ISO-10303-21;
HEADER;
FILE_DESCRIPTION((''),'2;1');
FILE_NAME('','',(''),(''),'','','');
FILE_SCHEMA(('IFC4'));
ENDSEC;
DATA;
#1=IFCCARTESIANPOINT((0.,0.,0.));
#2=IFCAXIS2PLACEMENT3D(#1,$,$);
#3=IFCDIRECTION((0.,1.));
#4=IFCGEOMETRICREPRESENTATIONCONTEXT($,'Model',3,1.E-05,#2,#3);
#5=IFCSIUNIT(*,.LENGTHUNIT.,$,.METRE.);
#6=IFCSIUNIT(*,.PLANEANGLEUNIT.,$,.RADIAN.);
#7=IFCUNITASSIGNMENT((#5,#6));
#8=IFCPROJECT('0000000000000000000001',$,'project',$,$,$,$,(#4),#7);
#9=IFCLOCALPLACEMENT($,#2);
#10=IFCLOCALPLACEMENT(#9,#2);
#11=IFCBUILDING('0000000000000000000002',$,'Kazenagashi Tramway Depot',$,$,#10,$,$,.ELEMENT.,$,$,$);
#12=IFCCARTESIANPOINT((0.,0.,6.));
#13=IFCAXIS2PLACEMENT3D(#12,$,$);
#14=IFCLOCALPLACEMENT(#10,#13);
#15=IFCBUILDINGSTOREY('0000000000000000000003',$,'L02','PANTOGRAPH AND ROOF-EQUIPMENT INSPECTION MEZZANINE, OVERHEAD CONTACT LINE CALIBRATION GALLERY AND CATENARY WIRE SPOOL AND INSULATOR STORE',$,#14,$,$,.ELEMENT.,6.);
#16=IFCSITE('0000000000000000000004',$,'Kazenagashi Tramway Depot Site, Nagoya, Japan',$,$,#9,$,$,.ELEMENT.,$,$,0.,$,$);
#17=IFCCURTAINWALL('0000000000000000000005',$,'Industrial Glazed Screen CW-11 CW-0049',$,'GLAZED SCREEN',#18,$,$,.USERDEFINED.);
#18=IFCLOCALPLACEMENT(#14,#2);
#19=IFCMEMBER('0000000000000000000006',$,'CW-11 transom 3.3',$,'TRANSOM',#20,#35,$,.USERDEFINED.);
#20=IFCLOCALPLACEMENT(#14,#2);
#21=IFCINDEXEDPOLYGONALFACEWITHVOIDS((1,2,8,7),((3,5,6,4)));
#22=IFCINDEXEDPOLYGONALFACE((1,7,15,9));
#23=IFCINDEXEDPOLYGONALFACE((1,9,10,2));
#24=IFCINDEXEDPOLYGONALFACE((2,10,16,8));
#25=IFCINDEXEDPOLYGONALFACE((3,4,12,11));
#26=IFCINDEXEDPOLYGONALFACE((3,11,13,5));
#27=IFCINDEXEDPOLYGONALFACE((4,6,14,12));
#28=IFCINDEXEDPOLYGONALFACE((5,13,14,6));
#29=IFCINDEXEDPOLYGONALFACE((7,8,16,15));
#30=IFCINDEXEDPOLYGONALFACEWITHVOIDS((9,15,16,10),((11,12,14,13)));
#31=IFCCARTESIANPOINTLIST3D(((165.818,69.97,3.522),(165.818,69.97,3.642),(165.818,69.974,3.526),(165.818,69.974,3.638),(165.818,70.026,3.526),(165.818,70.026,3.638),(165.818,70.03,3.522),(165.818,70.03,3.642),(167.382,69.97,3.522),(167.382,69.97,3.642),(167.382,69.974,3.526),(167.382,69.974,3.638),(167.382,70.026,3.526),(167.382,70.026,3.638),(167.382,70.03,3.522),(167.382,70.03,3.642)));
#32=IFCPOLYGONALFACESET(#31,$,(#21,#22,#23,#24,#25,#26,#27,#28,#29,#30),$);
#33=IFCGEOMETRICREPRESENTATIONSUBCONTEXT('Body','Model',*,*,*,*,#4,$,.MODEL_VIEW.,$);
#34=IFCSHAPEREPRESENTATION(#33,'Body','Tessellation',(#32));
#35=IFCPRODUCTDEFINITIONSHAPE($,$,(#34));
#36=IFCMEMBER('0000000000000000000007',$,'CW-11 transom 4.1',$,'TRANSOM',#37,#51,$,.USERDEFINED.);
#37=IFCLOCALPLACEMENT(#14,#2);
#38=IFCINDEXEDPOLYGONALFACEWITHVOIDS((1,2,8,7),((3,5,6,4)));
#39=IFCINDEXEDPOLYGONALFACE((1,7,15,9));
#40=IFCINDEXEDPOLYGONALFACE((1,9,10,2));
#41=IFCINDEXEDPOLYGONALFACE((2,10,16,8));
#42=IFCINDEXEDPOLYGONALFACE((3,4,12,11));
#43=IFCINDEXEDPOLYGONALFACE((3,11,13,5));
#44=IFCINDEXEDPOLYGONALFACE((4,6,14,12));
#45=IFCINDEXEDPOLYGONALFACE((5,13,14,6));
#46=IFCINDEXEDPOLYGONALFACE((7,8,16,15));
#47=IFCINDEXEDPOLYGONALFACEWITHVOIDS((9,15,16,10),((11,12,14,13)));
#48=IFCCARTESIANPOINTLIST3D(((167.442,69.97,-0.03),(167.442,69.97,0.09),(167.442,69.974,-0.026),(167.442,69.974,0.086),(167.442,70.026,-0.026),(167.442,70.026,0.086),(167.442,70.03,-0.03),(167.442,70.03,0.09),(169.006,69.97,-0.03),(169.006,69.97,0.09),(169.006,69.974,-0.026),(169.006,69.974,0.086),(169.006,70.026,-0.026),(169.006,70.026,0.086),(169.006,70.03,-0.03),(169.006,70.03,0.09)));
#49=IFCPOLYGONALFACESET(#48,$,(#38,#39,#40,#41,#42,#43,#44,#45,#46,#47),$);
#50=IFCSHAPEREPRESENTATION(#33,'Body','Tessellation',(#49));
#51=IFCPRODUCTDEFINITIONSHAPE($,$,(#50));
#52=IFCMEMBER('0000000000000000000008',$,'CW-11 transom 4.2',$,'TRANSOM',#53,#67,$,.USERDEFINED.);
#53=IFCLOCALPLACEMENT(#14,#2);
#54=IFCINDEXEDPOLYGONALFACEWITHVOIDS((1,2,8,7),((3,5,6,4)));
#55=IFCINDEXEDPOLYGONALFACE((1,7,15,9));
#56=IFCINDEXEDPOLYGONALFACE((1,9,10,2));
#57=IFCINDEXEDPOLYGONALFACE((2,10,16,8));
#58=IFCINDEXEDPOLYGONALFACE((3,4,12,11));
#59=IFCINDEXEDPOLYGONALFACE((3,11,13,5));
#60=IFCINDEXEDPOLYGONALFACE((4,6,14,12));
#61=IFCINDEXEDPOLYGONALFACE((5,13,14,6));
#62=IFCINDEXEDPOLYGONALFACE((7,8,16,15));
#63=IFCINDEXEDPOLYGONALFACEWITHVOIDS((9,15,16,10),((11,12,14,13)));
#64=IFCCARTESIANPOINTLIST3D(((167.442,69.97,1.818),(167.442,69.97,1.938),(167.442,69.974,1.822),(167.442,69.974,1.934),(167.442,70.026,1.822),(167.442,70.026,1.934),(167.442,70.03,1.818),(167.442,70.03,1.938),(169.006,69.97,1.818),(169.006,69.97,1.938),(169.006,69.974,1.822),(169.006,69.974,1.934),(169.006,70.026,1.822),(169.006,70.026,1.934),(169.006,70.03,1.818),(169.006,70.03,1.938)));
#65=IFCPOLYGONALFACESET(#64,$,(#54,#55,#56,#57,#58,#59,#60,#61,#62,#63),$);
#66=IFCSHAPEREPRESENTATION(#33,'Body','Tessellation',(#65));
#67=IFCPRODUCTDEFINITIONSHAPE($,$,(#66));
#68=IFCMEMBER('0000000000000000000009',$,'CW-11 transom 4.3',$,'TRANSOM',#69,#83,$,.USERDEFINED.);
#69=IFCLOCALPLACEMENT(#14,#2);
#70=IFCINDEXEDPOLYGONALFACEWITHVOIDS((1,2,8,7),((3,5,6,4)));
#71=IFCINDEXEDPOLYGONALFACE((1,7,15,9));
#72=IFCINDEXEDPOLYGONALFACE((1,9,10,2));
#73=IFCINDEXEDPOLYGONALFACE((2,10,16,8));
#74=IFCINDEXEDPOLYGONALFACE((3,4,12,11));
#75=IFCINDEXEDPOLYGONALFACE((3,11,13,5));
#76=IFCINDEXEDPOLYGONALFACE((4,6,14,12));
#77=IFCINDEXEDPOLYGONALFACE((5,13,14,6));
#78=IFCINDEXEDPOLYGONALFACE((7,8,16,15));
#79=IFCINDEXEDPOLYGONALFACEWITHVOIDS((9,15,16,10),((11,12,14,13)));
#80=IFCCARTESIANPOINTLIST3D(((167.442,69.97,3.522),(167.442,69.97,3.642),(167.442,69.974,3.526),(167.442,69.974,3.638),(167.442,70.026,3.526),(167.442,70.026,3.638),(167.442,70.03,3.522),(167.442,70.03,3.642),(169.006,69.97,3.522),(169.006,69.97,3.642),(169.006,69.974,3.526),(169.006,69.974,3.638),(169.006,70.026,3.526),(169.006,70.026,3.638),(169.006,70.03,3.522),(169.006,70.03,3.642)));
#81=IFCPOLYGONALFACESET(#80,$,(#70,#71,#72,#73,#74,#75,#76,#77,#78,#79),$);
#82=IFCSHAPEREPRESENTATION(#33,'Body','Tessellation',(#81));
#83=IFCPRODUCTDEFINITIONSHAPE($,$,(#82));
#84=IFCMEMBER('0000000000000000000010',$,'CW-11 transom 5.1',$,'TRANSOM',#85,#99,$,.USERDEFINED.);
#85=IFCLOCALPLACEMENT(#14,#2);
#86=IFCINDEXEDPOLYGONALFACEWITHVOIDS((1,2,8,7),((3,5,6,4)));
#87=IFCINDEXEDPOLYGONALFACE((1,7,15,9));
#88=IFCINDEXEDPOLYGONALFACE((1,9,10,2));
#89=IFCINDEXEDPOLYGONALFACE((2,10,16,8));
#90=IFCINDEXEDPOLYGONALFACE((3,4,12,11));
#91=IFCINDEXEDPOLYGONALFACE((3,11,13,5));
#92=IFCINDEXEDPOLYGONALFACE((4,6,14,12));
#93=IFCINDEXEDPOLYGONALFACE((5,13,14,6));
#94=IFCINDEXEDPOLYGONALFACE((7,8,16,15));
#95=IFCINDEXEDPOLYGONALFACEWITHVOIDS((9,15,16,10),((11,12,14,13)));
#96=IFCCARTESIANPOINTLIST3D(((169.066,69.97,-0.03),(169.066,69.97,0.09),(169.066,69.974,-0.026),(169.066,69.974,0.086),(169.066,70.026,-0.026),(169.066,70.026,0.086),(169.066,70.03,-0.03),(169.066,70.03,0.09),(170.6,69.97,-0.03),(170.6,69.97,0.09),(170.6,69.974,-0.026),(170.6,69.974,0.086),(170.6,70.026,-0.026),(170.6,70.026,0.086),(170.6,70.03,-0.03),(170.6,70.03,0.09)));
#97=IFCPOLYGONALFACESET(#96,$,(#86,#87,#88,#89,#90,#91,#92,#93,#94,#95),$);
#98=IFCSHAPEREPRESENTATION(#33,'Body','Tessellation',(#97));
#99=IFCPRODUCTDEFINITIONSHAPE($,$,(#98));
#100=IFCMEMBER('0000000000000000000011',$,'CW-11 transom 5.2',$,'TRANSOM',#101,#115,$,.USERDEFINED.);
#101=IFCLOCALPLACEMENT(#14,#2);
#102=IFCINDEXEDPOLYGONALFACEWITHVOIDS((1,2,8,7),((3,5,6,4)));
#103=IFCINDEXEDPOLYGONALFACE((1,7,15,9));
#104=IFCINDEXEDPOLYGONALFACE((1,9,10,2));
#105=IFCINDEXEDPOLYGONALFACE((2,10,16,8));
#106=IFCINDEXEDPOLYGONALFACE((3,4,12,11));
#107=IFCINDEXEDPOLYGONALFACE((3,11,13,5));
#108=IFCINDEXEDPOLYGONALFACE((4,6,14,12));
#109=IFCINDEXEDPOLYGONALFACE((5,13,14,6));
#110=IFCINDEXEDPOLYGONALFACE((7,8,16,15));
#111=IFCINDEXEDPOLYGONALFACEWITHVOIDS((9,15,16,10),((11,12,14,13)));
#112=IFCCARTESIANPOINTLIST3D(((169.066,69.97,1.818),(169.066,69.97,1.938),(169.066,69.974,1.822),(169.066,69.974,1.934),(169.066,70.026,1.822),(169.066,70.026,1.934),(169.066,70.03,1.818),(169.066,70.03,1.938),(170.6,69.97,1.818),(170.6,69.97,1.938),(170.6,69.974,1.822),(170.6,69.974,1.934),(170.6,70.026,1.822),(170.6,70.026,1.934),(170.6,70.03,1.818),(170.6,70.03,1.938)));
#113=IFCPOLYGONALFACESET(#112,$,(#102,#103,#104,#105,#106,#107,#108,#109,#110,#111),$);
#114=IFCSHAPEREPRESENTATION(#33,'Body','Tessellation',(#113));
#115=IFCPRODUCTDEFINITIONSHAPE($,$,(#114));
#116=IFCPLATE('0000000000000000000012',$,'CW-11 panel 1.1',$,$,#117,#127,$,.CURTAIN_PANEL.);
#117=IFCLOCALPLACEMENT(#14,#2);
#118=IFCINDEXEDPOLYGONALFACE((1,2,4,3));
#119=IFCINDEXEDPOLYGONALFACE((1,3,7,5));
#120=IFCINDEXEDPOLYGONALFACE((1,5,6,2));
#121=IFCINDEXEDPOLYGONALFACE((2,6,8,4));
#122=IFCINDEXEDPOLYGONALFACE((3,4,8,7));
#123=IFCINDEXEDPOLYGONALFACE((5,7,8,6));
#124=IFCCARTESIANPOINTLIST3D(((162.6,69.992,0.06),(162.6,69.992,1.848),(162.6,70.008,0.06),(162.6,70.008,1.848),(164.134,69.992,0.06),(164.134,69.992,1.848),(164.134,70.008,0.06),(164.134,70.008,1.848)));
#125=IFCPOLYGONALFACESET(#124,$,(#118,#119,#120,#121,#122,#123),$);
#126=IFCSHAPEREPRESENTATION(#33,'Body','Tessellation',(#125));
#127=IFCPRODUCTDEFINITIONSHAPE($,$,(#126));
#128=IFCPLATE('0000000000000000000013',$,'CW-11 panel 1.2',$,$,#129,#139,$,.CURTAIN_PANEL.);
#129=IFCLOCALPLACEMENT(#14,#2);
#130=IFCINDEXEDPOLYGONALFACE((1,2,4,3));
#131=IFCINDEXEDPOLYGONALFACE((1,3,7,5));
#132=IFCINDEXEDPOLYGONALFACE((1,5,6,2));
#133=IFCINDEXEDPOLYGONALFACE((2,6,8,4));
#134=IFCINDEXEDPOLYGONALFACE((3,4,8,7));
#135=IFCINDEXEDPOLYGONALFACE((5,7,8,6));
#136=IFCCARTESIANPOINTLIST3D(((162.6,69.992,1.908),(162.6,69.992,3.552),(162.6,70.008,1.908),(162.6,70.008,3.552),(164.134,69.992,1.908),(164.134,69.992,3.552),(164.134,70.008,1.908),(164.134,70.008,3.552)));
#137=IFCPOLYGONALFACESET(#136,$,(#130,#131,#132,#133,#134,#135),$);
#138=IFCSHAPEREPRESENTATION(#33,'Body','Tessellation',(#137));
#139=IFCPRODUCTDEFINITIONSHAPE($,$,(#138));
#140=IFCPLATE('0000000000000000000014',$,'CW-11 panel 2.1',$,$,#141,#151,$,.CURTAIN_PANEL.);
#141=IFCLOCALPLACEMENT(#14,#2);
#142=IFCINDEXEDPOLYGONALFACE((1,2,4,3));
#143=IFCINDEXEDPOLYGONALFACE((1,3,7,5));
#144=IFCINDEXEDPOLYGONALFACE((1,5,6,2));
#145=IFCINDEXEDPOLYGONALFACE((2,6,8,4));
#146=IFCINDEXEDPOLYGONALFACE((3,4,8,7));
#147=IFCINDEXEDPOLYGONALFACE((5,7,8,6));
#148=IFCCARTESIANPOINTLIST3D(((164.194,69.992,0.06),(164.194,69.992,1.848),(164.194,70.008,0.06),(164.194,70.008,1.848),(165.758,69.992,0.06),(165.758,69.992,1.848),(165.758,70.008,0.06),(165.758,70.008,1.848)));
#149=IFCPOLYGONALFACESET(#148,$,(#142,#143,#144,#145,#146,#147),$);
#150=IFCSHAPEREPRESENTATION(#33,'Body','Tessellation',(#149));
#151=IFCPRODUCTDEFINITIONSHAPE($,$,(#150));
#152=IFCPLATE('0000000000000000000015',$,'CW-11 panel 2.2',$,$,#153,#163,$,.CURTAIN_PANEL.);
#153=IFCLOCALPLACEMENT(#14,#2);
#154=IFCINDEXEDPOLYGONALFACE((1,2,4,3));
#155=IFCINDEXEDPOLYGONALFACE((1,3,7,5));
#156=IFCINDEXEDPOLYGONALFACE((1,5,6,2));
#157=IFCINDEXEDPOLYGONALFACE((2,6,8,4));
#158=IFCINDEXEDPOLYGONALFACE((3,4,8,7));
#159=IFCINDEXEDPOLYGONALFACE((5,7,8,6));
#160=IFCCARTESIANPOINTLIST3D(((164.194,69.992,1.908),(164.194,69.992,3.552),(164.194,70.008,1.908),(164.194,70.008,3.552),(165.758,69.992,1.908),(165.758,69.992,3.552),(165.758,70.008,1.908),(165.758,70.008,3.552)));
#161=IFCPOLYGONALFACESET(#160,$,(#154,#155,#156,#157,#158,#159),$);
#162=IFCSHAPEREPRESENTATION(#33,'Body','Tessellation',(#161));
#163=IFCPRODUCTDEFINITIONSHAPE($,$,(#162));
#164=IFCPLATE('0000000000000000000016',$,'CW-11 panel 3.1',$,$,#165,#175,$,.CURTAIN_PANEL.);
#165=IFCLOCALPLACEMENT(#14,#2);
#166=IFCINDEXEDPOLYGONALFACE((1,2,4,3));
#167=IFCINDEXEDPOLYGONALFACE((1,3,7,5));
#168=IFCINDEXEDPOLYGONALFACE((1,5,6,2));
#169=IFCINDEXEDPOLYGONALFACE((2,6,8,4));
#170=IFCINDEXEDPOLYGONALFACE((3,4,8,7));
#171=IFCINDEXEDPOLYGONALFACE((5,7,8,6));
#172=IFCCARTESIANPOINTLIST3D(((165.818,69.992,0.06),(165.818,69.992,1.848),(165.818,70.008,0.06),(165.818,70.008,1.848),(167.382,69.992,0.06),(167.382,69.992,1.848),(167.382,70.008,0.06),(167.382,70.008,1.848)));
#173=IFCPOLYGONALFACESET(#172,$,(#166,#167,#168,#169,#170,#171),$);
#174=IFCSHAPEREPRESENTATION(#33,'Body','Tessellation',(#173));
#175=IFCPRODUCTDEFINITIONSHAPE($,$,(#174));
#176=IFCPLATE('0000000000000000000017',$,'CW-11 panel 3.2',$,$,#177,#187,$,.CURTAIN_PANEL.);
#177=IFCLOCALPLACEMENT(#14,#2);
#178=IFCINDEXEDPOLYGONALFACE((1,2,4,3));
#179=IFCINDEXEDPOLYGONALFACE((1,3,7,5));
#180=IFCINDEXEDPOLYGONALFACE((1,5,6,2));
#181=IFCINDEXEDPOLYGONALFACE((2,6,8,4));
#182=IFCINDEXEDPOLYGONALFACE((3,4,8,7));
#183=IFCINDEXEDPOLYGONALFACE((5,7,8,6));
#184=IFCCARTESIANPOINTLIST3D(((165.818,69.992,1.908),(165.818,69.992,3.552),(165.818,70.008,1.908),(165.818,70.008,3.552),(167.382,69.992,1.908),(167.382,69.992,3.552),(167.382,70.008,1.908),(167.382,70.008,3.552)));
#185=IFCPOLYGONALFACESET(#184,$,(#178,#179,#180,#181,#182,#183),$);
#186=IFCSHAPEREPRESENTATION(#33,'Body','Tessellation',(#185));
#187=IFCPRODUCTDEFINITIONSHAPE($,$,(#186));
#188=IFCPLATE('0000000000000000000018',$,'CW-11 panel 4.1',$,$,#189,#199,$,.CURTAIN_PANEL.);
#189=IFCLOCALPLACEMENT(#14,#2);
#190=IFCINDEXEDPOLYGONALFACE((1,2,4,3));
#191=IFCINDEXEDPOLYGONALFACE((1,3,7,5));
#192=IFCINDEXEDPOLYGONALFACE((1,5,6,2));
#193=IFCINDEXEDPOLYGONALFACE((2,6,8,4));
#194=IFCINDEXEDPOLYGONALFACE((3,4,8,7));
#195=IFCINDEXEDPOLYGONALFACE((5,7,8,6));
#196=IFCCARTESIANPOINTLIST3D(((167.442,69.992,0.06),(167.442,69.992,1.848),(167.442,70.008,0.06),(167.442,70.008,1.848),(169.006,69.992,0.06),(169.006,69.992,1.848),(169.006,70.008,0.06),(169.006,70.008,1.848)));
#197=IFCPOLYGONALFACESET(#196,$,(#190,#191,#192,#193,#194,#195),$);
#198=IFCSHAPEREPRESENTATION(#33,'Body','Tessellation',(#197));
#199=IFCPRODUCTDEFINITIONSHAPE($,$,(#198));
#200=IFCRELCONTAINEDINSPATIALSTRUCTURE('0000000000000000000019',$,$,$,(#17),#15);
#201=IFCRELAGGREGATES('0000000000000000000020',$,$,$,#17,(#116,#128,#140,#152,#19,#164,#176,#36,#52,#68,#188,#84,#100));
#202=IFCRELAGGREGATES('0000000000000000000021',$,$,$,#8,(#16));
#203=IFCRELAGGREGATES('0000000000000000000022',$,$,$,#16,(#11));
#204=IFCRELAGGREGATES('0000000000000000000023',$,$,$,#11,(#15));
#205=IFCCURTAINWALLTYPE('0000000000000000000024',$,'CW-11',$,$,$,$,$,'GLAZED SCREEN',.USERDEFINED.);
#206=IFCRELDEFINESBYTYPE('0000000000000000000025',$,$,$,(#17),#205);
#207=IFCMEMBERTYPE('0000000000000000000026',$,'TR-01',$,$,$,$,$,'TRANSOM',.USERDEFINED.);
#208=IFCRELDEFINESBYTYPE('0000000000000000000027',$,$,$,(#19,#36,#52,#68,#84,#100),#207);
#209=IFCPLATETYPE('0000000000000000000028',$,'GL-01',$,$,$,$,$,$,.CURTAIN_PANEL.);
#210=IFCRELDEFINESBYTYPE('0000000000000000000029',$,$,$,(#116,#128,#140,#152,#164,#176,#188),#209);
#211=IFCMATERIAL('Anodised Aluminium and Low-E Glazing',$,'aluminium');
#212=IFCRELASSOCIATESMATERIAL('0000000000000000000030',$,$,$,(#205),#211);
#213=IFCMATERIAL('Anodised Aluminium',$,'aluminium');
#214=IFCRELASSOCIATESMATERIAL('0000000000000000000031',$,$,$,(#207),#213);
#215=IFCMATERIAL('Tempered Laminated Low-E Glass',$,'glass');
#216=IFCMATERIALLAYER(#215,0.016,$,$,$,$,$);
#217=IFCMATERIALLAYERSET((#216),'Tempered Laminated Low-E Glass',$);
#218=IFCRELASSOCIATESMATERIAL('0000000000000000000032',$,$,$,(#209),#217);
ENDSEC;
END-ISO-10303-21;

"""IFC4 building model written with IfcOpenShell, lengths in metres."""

from ifc_helpers import new_model, si_unit, direction, frame, origin, origin_2d, place, context, subcontext, project, spatial, rectangle, hollow_rectangle, extrude, material, layer, layer_set, material_profile, profile_set, type_object, element, aggregate, save


model = new_model("IFC4")

# Units and contexts
model_context = context("Model", 3, precision=1e-05, world=origin(), true_north=direction((0.0, 1.0)))
body_context = subcontext(model_context, "Body", "Model", "MODEL_VIEW")
ifc_project = project(units=[si_unit("LENGTHUNIT", "METRE"), si_unit("PLANEANGLEUNIT", "RADIAN")], contexts=[model_context])

# Site, building, storey
site_placement = place(None, origin())
site = spatial("IfcSite", under=ifc_project, at=site_placement, Name="Kazenagashi Tramway Depot Site, Nagoya, Japan", CompositionType="ELEMENT", RefElevation=0.0)
building_placement = place(site_placement, origin())
building = spatial("IfcBuilding", under=site, at=building_placement, Name="Kazenagashi Tramway Depot", CompositionType="ELEMENT")
storey_placement = place(building_placement, frame((0.0, 0.0, 6.0)))
storey = spatial("IfcBuildingStorey", under=building, at=storey_placement, Name="L02", Description="PANTOGRAPH AND ROOF-EQUIPMENT INSPECTION MEZZANINE, OVERHEAD CONTACT LINE CALIBRATION GALLERY AND CATENARY WIRE SPOOL AND INSULATOR STORE", CompositionType="ELEMENT", Elevation=6.0)

# Shared definitions
ifc_material_1 = material(Name="Anodised Aluminium and Low-E Glazing", Category="aluminium")
curtain_wall_type = type_object("IfcCurtainWallType", Name="CW-11", ElementType="GLAZED SCREEN", PredefinedType="USERDEFINED", material=ifc_material_1)
ifc_material_2 = material(Name="Anodised Aluminium", Category="aluminium")

# Curtain wall
curtain_wall_1_placement = place(storey_placement, origin())
curtain_wall_1 = element("IfcCurtainWall", 1, at=curtain_wall_1_placement, inside=storey, type_object=curtain_wall_type, Name="Industrial Glazed Screen CW-11 CW-0049", ObjectType="GLAZED SCREEN", PredefinedType="USERDEFINED")

# Members
ifc_material_profile_1 = material_profile(ifc_material_2, hollow_rectangle(XDim=0.06, YDim=0.12, WallThickness=0.004, at=origin_2d()), Name="RHS-120x60x4")
ifc_profile_set_1 = profile_set([ifc_material_profile_1], Name="Anodised Aluminium")
member_type_1 = type_object("IfcMemberType", Name="TR-01", ElementType="TRANSOM", PredefinedType="USERDEFINED", material=ifc_profile_set_1)
member_1_placement = place(storey_placement, frame((165.818, 70.0, 3.582), z_axis=(1.0, 0.0, 0.0), x_axis=(0.0, 1.0, 0.0)))
member_1 = element("IfcMember", 2, at=member_1_placement, type_object=member_type_1, Name="CW-11 transom 3.3", ObjectType="TRANSOM", PredefinedType="USERDEFINED", context=body_context, shape_type="SweptSolid", body=[
    extrude(hollow_rectangle(XDim=0.06, YDim=0.12, WallThickness=0.004, at=origin_2d()), origin(), (0.0, 0.0, 1.0), 1.564),
])
member_2_placement = place(storey_placement, frame((167.442, 70.0, 0.03), z_axis=(1.0, 0.0, 0.0), x_axis=(0.0, 1.0, 0.0)))
member_2 = element("IfcMember", 3, at=member_2_placement, type_object=member_type_1, Name="CW-11 transom 4.1", ObjectType="TRANSOM", PredefinedType="USERDEFINED", context=body_context, shape_type="SweptSolid", body=[
    extrude(hollow_rectangle(XDim=0.06, YDim=0.12, WallThickness=0.004, at=origin_2d()), origin(), (0.0, 0.0, 1.0), 1.564),
])
member_3_placement = place(storey_placement, frame((167.442, 70.0, 1.878), z_axis=(1.0, 0.0, 0.0), x_axis=(0.0, 1.0, 0.0)))
member_3 = element("IfcMember", 4, at=member_3_placement, type_object=member_type_1, Name="CW-11 transom 4.2", ObjectType="TRANSOM", PredefinedType="USERDEFINED", context=body_context, shape_type="SweptSolid", body=[
    extrude(hollow_rectangle(XDim=0.06, YDim=0.12, WallThickness=0.004, at=origin_2d()), origin(), (0.0, 0.0, 1.0), 1.564),
])
member_4_placement = place(storey_placement, frame((167.442, 70.0, 3.582), z_axis=(1.0, 0.0, 0.0), x_axis=(0.0, 1.0, 0.0)))
member_4 = element("IfcMember", 5, at=member_4_placement, type_object=member_type_1, Name="CW-11 transom 4.3", ObjectType="TRANSOM", PredefinedType="USERDEFINED", context=body_context, shape_type="SweptSolid", body=[
    extrude(hollow_rectangle(XDim=0.06, YDim=0.12, WallThickness=0.004, at=origin_2d()), origin(), (0.0, 0.0, 1.0), 1.564),
])
member_5_placement = place(storey_placement, frame((169.066, 70.0, 0.03), z_axis=(1.0, 0.0, 0.0), x_axis=(0.0, 1.0, 0.0)))
member_5 = element("IfcMember", 6, at=member_5_placement, type_object=member_type_1, Name="CW-11 transom 5.1", ObjectType="TRANSOM", PredefinedType="USERDEFINED", context=body_context, shape_type="SweptSolid", body=[
    extrude(hollow_rectangle(XDim=0.06, YDim=0.12, WallThickness=0.004, at=origin_2d()), origin(), (0.0, 0.0, 1.0), 1.534),
])
member_6_placement = place(storey_placement, frame((169.066, 70.0, 1.878), z_axis=(1.0, 0.0, 0.0), x_axis=(0.0, 1.0, 0.0)))
member_6 = element("IfcMember", 7, at=member_6_placement, type_object=member_type_1, Name="CW-11 transom 5.2", ObjectType="TRANSOM", PredefinedType="USERDEFINED", context=body_context, shape_type="SweptSolid", body=[
    extrude(hollow_rectangle(XDim=0.06, YDim=0.12, WallThickness=0.004, at=origin_2d()), origin(), (0.0, 0.0, 1.0), 1.534),
])

# Plates
ifc_material_3 = material(Name="Tempered Laminated Low-E Glass", Category="glass")
ifc_layer = layer(ifc_material_3, 0.016)
ifc_layer_set = layer_set([ifc_layer], Name="Tempered Laminated Low-E Glass")
plate_type = type_object("IfcPlateType", Name="GL-01", PredefinedType="CURTAIN_PANEL", material=ifc_layer_set)
plate_1_placement = place(storey_placement, frame((163.367, 70.0, 0.06), z_axis=(0.0, 0.0, 1.0), x_axis=(1.0, 0.0, 0.0)))
plate_1 = element("IfcPlate", 8, at=plate_1_placement, type_object=plate_type, Name="CW-11 panel 1.1", PredefinedType="CURTAIN_PANEL", context=body_context, shape_type="SweptSolid", body=[
    extrude(rectangle(XDim=1.534, YDim=0.016, at=origin_2d()), origin(), (0.0, 0.0, 1.0), 1.788),
])
plate_2_placement = place(storey_placement, frame((163.367, 70.0, 1.908), z_axis=(0.0, 0.0, 1.0), x_axis=(1.0, 0.0, 0.0)))
plate_2 = element("IfcPlate", 9, at=plate_2_placement, type_object=plate_type, Name="CW-11 panel 1.2", PredefinedType="CURTAIN_PANEL", context=body_context, shape_type="SweptSolid", body=[
    extrude(rectangle(XDim=1.534, YDim=0.016, at=origin_2d()), origin(), (0.0, 0.0, 1.0), 1.644),
])
plate_3_placement = place(storey_placement, frame((164.976, 70.0, 0.06), z_axis=(0.0, 0.0, 1.0), x_axis=(1.0, 0.0, 0.0)))
plate_3 = element("IfcPlate", 10, at=plate_3_placement, type_object=plate_type, Name="CW-11 panel 2.1", PredefinedType="CURTAIN_PANEL", context=body_context, shape_type="SweptSolid", body=[
    extrude(rectangle(XDim=1.564, YDim=0.016, at=origin_2d()), origin(), (0.0, 0.0, 1.0), 1.788),
])
plate_4_placement = place(storey_placement, frame((164.976, 70.0, 1.908), z_axis=(0.0, 0.0, 1.0), x_axis=(1.0, 0.0, 0.0)))
plate_4 = element("IfcPlate", 11, at=plate_4_placement, type_object=plate_type, Name="CW-11 panel 2.2", PredefinedType="CURTAIN_PANEL", context=body_context, shape_type="SweptSolid", body=[
    extrude(rectangle(XDim=1.564, YDim=0.016, at=origin_2d()), origin(), (0.0, 0.0, 1.0), 1.644),
])
plate_5_placement = place(storey_placement, frame((166.6, 70.0, 0.06), z_axis=(0.0, 0.0, 1.0), x_axis=(1.0, 0.0, 0.0)))
plate_5 = element("IfcPlate", 12, at=plate_5_placement, type_object=plate_type, Name="CW-11 panel 3.1", PredefinedType="CURTAIN_PANEL", context=body_context, shape_type="SweptSolid", body=[
    extrude(rectangle(XDim=1.564, YDim=0.016, at=origin_2d()), origin(), (0.0, 0.0, 1.0), 1.788),
])
plate_6_placement = place(storey_placement, frame((166.6, 70.0, 1.908), z_axis=(0.0, 0.0, 1.0), x_axis=(1.0, 0.0, 0.0)))
plate_6 = element("IfcPlate", 13, at=plate_6_placement, type_object=plate_type, Name="CW-11 panel 3.2", PredefinedType="CURTAIN_PANEL", context=body_context, shape_type="SweptSolid", body=[
    extrude(rectangle(XDim=1.564, YDim=0.016, at=origin_2d()), origin(), (0.0, 0.0, 1.0), 1.644),
])
plate_7_placement = place(storey_placement, frame((168.224, 70.0, 0.06), z_axis=(0.0, 0.0, 1.0), x_axis=(1.0, 0.0, 0.0)))
plate_7 = element("IfcPlate", 14, at=plate_7_placement, type_object=plate_type, Name="CW-11 panel 4.1", PredefinedType="CURTAIN_PANEL", context=body_context, shape_type="SweptSolid", body=[
    extrude(rectangle(XDim=1.564, YDim=0.016, at=origin_2d()), origin(), (0.0, 0.0, 1.0), 1.788),
])
aggregate(curtain_wall_1, [plate_1, plate_2, plate_3, plate_4, member_1, plate_5, plate_6, member_2, member_3, member_4, plate_7, member_5, member_6])

save(model, "model.ifc")
